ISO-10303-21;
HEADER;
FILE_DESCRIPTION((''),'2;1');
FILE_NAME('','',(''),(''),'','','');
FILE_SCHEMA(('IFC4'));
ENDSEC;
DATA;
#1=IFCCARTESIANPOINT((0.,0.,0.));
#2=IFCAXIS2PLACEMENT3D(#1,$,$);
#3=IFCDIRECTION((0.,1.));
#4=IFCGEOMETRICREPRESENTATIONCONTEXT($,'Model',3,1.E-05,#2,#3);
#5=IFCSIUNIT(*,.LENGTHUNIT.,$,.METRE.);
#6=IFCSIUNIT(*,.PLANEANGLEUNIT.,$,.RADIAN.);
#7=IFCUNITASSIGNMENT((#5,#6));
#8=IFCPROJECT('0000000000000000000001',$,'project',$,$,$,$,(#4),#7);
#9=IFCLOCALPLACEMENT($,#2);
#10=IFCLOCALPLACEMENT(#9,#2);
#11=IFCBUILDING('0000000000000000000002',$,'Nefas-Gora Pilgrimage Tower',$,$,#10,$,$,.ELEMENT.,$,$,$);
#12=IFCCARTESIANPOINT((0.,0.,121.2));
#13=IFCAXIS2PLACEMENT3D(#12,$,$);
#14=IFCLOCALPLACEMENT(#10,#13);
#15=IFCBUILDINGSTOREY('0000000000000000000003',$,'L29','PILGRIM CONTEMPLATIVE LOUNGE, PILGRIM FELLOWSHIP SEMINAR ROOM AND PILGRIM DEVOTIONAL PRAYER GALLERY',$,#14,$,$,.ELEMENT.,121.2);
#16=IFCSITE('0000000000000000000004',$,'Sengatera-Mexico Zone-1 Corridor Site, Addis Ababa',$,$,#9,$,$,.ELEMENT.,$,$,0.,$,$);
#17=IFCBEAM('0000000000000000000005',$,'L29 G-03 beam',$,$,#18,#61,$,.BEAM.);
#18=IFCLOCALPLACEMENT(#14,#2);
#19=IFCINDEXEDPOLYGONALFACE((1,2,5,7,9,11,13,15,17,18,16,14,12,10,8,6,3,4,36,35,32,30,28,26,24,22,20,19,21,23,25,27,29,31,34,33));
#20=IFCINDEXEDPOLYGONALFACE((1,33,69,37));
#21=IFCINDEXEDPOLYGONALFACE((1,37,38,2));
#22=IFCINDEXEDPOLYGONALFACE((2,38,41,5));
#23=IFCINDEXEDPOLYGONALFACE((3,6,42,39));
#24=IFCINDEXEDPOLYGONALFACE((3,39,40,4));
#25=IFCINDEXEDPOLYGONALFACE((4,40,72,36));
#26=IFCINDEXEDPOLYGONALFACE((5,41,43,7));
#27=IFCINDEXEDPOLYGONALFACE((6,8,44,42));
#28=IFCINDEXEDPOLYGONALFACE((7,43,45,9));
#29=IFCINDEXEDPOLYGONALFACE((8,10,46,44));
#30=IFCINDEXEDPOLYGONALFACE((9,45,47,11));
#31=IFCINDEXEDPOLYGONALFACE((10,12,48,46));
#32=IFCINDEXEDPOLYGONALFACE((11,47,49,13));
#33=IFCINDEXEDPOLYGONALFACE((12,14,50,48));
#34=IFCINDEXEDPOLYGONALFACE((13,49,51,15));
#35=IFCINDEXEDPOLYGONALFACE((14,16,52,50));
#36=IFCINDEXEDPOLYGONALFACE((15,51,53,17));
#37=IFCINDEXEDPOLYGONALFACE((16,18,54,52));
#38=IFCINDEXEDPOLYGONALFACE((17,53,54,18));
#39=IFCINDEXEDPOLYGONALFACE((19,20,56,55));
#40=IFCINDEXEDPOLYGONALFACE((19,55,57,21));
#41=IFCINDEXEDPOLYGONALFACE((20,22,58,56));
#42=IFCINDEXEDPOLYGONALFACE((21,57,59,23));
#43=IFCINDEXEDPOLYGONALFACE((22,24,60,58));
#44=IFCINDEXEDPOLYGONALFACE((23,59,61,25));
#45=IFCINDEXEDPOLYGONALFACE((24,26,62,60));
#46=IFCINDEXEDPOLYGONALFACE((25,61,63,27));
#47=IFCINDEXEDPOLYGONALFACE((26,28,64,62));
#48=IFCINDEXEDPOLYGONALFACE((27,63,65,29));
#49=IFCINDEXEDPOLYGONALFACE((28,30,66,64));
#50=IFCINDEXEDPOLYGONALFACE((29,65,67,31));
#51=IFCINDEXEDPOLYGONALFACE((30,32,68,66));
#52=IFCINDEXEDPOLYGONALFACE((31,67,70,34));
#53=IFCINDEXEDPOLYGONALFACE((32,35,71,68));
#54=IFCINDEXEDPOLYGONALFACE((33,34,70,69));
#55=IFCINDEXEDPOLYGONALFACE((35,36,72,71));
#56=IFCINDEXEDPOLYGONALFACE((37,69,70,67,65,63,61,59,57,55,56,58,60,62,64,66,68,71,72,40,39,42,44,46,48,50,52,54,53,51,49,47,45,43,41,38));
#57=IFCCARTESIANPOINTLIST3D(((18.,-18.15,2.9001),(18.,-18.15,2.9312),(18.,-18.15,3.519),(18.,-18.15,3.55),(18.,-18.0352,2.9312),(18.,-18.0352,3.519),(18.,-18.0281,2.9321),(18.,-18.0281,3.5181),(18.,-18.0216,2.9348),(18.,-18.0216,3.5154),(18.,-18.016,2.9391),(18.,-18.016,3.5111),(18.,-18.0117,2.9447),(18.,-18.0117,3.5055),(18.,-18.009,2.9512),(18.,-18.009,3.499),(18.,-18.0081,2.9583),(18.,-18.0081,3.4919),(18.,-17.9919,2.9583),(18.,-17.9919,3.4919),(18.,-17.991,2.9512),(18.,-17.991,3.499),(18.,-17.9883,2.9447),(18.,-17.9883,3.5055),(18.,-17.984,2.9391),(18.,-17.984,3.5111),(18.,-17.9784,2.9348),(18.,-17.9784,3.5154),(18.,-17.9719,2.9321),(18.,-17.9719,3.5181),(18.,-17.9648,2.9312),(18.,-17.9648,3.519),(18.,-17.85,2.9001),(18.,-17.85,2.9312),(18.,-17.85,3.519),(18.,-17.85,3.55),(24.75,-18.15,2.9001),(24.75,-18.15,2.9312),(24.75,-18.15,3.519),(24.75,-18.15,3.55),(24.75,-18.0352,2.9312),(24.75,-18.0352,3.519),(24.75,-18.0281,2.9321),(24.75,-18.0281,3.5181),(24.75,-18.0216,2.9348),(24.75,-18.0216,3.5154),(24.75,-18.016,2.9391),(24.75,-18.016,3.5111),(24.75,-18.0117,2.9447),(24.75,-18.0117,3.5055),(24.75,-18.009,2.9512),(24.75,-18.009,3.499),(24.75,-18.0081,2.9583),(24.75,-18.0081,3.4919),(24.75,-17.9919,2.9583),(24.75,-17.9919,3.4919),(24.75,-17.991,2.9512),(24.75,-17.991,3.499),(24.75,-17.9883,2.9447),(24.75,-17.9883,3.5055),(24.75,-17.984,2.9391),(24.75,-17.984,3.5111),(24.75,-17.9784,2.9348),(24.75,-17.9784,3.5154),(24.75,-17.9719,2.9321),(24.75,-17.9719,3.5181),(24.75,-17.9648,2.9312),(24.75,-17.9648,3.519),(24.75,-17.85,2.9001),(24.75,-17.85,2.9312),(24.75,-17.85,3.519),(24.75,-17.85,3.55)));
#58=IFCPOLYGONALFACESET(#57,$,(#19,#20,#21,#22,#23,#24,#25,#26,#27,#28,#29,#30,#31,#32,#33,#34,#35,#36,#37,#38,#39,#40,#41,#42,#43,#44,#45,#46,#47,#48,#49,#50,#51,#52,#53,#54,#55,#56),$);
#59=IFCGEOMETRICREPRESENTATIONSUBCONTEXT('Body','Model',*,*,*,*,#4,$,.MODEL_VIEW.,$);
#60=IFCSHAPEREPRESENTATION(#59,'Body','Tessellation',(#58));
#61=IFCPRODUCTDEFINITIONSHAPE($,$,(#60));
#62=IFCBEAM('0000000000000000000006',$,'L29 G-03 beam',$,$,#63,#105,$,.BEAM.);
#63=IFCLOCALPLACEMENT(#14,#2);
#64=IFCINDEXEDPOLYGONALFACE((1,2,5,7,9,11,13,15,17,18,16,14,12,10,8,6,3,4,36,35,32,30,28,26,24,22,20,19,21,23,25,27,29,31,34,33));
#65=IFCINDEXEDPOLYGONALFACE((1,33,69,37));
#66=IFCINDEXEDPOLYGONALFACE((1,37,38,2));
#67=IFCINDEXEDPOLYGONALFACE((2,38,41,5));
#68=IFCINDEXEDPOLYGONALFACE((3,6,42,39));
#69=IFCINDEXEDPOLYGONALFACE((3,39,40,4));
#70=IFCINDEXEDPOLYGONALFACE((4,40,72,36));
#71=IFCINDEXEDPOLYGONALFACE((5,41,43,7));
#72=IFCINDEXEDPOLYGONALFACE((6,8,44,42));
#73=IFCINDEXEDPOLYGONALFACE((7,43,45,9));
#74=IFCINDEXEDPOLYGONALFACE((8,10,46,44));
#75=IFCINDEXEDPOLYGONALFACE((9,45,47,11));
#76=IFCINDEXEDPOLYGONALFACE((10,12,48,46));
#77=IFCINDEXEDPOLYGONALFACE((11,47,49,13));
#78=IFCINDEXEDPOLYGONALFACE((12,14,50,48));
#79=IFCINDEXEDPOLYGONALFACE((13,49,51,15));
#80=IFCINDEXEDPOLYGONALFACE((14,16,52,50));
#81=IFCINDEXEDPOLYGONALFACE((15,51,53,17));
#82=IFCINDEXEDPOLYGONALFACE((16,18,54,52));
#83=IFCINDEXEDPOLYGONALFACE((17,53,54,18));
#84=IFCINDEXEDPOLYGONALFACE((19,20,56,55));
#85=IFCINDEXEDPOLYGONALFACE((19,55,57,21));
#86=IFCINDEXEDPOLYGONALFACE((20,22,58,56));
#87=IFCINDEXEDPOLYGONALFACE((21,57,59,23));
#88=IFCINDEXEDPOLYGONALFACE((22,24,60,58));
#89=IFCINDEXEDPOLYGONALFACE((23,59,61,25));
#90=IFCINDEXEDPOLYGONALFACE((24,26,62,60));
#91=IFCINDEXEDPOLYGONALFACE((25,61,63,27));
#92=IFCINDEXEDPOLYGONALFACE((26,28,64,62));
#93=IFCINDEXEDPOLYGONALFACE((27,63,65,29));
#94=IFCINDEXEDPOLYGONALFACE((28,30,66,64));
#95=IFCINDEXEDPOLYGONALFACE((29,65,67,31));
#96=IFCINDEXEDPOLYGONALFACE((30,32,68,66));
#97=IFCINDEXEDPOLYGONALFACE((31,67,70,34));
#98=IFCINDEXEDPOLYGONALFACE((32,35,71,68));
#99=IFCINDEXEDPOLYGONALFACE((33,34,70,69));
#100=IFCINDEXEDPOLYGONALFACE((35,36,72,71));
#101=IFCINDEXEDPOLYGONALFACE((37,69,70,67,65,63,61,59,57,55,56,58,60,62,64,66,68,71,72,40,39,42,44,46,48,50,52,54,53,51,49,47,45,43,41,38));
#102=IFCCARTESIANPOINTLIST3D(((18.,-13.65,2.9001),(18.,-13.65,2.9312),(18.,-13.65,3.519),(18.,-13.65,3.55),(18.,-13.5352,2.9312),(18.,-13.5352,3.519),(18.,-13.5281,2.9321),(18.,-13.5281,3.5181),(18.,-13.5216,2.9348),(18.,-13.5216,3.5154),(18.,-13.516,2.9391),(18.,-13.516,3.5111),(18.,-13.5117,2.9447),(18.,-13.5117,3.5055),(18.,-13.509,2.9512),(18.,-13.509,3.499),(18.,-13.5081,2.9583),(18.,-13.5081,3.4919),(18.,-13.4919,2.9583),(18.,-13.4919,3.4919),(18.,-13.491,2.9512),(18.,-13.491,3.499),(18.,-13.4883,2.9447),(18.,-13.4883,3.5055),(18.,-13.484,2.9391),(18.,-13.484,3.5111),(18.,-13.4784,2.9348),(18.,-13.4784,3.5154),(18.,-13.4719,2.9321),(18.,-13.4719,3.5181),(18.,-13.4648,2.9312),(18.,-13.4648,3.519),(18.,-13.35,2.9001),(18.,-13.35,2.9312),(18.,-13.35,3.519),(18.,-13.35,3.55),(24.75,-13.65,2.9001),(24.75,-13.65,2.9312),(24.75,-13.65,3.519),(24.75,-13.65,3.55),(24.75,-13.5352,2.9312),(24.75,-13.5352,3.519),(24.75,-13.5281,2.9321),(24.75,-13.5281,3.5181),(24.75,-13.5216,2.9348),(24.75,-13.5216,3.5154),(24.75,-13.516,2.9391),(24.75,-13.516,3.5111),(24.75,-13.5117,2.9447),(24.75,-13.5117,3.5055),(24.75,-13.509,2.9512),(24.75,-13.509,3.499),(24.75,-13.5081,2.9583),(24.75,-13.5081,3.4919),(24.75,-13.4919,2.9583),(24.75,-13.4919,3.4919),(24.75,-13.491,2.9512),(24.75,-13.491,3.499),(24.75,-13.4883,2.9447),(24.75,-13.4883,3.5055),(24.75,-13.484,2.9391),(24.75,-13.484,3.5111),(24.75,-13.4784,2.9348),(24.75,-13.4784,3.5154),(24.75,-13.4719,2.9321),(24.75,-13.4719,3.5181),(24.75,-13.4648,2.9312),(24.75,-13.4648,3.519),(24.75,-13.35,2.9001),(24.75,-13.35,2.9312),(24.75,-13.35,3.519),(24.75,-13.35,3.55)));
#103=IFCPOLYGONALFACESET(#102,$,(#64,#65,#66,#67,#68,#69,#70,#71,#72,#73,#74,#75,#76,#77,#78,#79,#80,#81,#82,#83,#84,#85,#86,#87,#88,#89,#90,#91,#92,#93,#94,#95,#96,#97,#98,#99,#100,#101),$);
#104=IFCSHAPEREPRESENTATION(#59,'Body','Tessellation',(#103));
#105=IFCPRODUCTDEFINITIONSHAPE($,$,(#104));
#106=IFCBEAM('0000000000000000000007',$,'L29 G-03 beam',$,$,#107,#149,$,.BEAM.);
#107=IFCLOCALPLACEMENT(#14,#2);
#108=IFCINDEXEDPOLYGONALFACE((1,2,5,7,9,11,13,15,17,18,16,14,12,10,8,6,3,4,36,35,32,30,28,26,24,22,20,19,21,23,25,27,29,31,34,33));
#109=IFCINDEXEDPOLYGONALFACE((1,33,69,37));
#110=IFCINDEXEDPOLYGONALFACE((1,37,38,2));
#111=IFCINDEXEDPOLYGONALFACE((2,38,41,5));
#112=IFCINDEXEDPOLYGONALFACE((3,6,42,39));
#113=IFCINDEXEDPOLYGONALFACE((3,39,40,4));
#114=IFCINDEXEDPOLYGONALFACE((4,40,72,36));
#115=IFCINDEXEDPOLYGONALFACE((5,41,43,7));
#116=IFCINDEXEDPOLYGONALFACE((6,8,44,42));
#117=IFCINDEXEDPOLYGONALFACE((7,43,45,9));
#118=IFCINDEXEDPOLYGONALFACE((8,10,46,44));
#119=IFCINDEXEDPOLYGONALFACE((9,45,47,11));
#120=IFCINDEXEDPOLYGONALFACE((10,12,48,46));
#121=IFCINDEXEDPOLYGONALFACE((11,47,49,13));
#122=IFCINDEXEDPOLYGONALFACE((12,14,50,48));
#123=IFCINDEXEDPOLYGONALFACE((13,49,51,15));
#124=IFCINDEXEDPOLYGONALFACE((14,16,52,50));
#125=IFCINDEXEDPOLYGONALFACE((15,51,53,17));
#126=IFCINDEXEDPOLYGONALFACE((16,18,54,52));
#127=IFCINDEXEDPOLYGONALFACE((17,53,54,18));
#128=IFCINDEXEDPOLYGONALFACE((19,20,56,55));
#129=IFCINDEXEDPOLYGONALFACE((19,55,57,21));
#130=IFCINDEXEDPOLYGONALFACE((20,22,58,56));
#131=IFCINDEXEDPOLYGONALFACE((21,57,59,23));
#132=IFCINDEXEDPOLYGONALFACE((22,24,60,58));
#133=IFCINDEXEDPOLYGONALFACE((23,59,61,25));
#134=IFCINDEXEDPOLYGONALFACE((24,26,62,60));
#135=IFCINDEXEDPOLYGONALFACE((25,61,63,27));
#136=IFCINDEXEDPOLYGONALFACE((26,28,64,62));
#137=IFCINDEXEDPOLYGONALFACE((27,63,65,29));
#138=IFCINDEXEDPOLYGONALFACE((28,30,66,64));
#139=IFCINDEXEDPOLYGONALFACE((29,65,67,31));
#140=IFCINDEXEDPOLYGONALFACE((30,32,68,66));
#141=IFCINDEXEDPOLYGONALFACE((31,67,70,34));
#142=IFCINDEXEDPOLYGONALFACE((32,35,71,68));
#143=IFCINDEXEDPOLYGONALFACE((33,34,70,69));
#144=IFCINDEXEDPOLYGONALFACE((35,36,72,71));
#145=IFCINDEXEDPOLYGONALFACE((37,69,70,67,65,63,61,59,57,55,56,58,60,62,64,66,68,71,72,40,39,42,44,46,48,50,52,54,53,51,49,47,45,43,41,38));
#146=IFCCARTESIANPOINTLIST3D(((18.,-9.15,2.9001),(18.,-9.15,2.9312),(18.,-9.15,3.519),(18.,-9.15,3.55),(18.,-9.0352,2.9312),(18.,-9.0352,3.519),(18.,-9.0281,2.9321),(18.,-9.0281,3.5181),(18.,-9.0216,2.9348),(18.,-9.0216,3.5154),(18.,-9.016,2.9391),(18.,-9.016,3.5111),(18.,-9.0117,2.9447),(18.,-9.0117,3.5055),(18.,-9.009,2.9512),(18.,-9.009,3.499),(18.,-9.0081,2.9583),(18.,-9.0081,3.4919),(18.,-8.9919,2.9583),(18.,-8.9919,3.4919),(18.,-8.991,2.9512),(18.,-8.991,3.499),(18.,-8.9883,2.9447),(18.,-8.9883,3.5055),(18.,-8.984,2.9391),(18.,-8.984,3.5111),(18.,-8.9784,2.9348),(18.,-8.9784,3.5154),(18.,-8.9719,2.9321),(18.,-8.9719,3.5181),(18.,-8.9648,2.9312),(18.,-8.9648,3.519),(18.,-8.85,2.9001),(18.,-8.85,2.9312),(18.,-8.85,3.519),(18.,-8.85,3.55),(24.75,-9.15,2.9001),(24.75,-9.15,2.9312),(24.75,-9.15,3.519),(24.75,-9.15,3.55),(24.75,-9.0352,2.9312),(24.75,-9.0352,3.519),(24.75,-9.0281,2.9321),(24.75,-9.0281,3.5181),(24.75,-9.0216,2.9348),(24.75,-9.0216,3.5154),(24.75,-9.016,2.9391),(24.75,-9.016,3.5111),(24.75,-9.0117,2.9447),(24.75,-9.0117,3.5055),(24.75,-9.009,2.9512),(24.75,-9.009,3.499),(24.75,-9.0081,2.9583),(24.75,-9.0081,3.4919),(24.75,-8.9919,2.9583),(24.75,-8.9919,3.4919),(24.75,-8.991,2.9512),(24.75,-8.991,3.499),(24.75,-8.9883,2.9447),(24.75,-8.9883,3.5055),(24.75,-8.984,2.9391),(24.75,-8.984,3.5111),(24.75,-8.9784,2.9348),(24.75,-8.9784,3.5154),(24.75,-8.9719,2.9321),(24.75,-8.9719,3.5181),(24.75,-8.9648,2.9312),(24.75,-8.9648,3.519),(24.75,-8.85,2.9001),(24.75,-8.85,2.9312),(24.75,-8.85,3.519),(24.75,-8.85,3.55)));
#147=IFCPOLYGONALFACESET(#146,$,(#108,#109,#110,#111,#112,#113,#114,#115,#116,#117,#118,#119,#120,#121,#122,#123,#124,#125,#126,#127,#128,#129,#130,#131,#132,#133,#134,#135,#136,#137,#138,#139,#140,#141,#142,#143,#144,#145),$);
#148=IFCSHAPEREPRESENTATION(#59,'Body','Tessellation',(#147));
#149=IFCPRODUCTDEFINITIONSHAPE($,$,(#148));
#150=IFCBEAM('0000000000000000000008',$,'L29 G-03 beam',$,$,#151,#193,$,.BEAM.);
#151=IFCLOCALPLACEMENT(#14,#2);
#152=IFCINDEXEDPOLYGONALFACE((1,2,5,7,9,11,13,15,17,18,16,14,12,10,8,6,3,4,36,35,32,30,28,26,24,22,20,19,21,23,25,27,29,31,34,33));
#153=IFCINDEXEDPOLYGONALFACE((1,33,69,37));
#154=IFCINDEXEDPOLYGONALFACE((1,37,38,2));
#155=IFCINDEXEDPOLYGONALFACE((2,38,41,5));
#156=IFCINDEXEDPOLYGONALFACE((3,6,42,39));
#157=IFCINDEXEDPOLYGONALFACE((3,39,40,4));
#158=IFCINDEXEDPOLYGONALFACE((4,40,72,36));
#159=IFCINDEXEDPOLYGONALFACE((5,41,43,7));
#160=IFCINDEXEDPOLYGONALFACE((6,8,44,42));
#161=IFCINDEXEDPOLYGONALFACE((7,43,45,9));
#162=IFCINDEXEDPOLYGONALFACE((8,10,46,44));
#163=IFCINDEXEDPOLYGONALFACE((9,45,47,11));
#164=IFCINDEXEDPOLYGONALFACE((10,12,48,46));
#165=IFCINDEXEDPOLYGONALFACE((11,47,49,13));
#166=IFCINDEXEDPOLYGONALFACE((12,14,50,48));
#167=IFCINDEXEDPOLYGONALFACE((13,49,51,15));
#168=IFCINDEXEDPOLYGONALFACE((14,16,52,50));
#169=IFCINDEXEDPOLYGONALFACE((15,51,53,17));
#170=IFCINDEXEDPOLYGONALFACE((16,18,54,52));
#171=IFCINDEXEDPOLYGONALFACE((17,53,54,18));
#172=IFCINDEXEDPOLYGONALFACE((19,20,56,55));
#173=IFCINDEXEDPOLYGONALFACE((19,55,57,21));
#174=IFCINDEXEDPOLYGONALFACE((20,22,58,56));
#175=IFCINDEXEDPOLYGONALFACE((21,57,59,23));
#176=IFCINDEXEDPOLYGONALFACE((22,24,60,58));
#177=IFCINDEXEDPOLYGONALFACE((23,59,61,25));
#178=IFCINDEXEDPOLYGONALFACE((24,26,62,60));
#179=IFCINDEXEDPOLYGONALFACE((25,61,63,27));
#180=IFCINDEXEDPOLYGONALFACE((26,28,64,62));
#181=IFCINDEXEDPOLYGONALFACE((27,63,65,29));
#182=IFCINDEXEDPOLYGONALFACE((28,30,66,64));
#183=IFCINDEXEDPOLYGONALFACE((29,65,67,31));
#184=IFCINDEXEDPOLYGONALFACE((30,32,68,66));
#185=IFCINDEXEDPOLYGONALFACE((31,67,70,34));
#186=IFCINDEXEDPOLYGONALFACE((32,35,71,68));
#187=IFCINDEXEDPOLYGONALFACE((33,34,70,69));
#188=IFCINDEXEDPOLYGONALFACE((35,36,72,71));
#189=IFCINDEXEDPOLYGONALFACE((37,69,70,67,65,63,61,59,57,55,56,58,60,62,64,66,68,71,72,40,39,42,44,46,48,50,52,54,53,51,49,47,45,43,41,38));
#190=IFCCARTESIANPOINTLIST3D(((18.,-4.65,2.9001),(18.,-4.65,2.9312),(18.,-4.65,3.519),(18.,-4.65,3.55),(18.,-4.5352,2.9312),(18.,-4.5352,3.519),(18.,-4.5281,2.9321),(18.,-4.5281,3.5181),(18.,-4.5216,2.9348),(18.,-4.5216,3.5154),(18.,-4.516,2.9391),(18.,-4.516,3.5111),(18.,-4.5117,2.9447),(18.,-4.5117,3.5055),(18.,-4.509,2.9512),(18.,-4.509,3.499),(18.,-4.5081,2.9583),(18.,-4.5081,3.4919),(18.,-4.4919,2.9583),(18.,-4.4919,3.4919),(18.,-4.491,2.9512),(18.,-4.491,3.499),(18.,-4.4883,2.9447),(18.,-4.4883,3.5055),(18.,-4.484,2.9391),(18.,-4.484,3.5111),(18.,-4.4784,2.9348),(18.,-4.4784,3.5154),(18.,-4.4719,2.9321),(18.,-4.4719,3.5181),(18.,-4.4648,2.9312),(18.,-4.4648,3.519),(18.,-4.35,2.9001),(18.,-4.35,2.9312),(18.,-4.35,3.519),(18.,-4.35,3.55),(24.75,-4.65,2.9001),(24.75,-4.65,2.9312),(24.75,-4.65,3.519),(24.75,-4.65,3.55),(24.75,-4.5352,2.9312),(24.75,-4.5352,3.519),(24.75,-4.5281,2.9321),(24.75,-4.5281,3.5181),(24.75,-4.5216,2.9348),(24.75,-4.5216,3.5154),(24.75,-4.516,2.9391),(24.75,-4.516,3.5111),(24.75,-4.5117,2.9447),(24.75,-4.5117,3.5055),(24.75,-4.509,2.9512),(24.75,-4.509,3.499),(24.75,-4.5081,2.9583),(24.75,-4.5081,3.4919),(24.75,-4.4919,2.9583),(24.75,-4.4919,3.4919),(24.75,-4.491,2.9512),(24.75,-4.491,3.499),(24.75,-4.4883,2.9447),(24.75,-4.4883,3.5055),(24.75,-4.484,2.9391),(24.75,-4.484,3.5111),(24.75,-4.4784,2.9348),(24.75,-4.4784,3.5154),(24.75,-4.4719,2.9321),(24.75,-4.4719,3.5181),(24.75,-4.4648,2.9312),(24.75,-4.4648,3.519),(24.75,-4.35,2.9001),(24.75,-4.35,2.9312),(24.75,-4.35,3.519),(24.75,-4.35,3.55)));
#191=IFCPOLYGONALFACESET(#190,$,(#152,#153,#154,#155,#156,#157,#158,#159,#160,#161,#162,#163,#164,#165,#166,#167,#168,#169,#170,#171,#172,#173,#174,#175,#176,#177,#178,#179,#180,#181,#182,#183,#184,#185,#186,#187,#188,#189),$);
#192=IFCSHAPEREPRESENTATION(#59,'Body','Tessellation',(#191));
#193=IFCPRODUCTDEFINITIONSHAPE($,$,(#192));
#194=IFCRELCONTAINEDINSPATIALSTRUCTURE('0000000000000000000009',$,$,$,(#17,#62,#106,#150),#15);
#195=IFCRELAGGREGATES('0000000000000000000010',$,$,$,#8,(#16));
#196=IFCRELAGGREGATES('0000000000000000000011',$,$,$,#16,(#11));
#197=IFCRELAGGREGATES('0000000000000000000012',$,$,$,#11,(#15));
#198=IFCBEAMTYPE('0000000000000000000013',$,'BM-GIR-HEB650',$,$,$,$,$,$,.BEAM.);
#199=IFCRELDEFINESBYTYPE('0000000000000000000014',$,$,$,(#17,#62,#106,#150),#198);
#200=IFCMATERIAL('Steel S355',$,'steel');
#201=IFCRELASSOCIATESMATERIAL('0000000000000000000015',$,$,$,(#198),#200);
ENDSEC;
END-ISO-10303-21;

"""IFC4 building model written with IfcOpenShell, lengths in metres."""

from ifc_helpers import new_model, si_unit, direction, frame, origin, origin_2d, place, context, subcontext, project, spatial, i_section, extrude, source, transform, mapped, material, material_profile, profile_set, type_object, element, save


model = new_model("IFC4")

# Units and contexts
model_context = context("Model", 3, precision=1e-05, world=origin(), true_north=direction((0.0, 1.0)))
body_context = subcontext(model_context, "Body", "Model", "MODEL_VIEW")
ifc_project = project(units=[si_unit("LENGTHUNIT", "METRE"), si_unit("PLANEANGLEUNIT", "RADIAN")], contexts=[model_context])

# Site, building, storey
site_placement = place(None, origin())
site = spatial("IfcSite", under=ifc_project, at=site_placement, Name="Sengatera-Mexico Zone-1 Corridor Site, Addis Ababa", CompositionType="ELEMENT", RefElevation=0.0)
building_placement = place(site_placement, origin())
building = spatial("IfcBuilding", under=site, at=building_placement, Name="Nefas-Gora Pilgrimage Tower", CompositionType="ELEMENT")
storey_placement = place(building_placement, frame((0.0, 0.0, 121.2)))
storey = spatial("IfcBuildingStorey", under=building, at=storey_placement, Name="L29", Description="PILGRIM CONTEMPLATIVE LOUNGE, PILGRIM FELLOWSHIP SEMINAR ROOM AND PILGRIM DEVOTIONAL PRAYER GALLERY", CompositionType="ELEMENT", Elevation=121.2)

# Beams
ifc_material_1 = material(Name="Steel S355", Category="steel")
ifc_material_profile_1 = material_profile(ifc_material_1, i_section(OverallWidth=0.3, OverallDepth=0.6499, WebThickness=0.0161, FlangeThickness=0.031, FilletRadius=0.0271, at=origin_2d()), Name="HEB 650")
ifc_profile_set_1 = profile_set([ifc_material_profile_1], Name="Steel S355")
beam_type_1 = type_object("IfcBeamType", Name="BM-GIR-HEB650", PredefinedType="BEAM", material=ifc_profile_set_1)
shared_shape_1 = source(origin(), body_context, "Body", "SweptSolid", [
    extrude(i_section(OverallWidth=0.3, OverallDepth=0.6499, WebThickness=0.0161, FlangeThickness=0.031, FilletRadius=0.0271, at=origin_2d()), origin(), (0.0, 0.0, 1.0), 6.75),
])
for number, where, z_axis, x_axis, name in (
    (1, (18.0, -18.0, 3.2251), (1.0, 0.0, 0.0), (0.0, 1.0, 0.0), "L29 G-03 beam"),
    (2, (18.0, -13.5, 3.2251), (1.0, 0.0, 0.0), (0.0, 1.0, 0.0), "L29 G-03 beam"),
    (3, (18.0, -9.0, 3.2251), (1.0, 0.0, 0.0), (0.0, 1.0, 0.0), "L29 G-03 beam"),
    (4, (18.0, -4.5, 3.2251), (1.0, 0.0, 0.0), (0.0, 1.0, 0.0), "L29 G-03 beam"),
):
    element("IfcBeam", number, at=place(storey_placement, frame(where, z_axis=z_axis, x_axis=x_axis)), inside=storey, type_object=beam_type_1, Name=name, PredefinedType="BEAM", context=body_context, shape_type="MappedRepresentation", body=[
        mapped(shared_shape_1, transform((0.0, 0.0, 0.0), x_axis=(1.0, 0.0, 0.0), y_axis=(0.0, 1.0, 0.0), z_axis=(0.0, 0.0, 1.0), scale=1.0)),
    ])

save(model, "model.ifc")
